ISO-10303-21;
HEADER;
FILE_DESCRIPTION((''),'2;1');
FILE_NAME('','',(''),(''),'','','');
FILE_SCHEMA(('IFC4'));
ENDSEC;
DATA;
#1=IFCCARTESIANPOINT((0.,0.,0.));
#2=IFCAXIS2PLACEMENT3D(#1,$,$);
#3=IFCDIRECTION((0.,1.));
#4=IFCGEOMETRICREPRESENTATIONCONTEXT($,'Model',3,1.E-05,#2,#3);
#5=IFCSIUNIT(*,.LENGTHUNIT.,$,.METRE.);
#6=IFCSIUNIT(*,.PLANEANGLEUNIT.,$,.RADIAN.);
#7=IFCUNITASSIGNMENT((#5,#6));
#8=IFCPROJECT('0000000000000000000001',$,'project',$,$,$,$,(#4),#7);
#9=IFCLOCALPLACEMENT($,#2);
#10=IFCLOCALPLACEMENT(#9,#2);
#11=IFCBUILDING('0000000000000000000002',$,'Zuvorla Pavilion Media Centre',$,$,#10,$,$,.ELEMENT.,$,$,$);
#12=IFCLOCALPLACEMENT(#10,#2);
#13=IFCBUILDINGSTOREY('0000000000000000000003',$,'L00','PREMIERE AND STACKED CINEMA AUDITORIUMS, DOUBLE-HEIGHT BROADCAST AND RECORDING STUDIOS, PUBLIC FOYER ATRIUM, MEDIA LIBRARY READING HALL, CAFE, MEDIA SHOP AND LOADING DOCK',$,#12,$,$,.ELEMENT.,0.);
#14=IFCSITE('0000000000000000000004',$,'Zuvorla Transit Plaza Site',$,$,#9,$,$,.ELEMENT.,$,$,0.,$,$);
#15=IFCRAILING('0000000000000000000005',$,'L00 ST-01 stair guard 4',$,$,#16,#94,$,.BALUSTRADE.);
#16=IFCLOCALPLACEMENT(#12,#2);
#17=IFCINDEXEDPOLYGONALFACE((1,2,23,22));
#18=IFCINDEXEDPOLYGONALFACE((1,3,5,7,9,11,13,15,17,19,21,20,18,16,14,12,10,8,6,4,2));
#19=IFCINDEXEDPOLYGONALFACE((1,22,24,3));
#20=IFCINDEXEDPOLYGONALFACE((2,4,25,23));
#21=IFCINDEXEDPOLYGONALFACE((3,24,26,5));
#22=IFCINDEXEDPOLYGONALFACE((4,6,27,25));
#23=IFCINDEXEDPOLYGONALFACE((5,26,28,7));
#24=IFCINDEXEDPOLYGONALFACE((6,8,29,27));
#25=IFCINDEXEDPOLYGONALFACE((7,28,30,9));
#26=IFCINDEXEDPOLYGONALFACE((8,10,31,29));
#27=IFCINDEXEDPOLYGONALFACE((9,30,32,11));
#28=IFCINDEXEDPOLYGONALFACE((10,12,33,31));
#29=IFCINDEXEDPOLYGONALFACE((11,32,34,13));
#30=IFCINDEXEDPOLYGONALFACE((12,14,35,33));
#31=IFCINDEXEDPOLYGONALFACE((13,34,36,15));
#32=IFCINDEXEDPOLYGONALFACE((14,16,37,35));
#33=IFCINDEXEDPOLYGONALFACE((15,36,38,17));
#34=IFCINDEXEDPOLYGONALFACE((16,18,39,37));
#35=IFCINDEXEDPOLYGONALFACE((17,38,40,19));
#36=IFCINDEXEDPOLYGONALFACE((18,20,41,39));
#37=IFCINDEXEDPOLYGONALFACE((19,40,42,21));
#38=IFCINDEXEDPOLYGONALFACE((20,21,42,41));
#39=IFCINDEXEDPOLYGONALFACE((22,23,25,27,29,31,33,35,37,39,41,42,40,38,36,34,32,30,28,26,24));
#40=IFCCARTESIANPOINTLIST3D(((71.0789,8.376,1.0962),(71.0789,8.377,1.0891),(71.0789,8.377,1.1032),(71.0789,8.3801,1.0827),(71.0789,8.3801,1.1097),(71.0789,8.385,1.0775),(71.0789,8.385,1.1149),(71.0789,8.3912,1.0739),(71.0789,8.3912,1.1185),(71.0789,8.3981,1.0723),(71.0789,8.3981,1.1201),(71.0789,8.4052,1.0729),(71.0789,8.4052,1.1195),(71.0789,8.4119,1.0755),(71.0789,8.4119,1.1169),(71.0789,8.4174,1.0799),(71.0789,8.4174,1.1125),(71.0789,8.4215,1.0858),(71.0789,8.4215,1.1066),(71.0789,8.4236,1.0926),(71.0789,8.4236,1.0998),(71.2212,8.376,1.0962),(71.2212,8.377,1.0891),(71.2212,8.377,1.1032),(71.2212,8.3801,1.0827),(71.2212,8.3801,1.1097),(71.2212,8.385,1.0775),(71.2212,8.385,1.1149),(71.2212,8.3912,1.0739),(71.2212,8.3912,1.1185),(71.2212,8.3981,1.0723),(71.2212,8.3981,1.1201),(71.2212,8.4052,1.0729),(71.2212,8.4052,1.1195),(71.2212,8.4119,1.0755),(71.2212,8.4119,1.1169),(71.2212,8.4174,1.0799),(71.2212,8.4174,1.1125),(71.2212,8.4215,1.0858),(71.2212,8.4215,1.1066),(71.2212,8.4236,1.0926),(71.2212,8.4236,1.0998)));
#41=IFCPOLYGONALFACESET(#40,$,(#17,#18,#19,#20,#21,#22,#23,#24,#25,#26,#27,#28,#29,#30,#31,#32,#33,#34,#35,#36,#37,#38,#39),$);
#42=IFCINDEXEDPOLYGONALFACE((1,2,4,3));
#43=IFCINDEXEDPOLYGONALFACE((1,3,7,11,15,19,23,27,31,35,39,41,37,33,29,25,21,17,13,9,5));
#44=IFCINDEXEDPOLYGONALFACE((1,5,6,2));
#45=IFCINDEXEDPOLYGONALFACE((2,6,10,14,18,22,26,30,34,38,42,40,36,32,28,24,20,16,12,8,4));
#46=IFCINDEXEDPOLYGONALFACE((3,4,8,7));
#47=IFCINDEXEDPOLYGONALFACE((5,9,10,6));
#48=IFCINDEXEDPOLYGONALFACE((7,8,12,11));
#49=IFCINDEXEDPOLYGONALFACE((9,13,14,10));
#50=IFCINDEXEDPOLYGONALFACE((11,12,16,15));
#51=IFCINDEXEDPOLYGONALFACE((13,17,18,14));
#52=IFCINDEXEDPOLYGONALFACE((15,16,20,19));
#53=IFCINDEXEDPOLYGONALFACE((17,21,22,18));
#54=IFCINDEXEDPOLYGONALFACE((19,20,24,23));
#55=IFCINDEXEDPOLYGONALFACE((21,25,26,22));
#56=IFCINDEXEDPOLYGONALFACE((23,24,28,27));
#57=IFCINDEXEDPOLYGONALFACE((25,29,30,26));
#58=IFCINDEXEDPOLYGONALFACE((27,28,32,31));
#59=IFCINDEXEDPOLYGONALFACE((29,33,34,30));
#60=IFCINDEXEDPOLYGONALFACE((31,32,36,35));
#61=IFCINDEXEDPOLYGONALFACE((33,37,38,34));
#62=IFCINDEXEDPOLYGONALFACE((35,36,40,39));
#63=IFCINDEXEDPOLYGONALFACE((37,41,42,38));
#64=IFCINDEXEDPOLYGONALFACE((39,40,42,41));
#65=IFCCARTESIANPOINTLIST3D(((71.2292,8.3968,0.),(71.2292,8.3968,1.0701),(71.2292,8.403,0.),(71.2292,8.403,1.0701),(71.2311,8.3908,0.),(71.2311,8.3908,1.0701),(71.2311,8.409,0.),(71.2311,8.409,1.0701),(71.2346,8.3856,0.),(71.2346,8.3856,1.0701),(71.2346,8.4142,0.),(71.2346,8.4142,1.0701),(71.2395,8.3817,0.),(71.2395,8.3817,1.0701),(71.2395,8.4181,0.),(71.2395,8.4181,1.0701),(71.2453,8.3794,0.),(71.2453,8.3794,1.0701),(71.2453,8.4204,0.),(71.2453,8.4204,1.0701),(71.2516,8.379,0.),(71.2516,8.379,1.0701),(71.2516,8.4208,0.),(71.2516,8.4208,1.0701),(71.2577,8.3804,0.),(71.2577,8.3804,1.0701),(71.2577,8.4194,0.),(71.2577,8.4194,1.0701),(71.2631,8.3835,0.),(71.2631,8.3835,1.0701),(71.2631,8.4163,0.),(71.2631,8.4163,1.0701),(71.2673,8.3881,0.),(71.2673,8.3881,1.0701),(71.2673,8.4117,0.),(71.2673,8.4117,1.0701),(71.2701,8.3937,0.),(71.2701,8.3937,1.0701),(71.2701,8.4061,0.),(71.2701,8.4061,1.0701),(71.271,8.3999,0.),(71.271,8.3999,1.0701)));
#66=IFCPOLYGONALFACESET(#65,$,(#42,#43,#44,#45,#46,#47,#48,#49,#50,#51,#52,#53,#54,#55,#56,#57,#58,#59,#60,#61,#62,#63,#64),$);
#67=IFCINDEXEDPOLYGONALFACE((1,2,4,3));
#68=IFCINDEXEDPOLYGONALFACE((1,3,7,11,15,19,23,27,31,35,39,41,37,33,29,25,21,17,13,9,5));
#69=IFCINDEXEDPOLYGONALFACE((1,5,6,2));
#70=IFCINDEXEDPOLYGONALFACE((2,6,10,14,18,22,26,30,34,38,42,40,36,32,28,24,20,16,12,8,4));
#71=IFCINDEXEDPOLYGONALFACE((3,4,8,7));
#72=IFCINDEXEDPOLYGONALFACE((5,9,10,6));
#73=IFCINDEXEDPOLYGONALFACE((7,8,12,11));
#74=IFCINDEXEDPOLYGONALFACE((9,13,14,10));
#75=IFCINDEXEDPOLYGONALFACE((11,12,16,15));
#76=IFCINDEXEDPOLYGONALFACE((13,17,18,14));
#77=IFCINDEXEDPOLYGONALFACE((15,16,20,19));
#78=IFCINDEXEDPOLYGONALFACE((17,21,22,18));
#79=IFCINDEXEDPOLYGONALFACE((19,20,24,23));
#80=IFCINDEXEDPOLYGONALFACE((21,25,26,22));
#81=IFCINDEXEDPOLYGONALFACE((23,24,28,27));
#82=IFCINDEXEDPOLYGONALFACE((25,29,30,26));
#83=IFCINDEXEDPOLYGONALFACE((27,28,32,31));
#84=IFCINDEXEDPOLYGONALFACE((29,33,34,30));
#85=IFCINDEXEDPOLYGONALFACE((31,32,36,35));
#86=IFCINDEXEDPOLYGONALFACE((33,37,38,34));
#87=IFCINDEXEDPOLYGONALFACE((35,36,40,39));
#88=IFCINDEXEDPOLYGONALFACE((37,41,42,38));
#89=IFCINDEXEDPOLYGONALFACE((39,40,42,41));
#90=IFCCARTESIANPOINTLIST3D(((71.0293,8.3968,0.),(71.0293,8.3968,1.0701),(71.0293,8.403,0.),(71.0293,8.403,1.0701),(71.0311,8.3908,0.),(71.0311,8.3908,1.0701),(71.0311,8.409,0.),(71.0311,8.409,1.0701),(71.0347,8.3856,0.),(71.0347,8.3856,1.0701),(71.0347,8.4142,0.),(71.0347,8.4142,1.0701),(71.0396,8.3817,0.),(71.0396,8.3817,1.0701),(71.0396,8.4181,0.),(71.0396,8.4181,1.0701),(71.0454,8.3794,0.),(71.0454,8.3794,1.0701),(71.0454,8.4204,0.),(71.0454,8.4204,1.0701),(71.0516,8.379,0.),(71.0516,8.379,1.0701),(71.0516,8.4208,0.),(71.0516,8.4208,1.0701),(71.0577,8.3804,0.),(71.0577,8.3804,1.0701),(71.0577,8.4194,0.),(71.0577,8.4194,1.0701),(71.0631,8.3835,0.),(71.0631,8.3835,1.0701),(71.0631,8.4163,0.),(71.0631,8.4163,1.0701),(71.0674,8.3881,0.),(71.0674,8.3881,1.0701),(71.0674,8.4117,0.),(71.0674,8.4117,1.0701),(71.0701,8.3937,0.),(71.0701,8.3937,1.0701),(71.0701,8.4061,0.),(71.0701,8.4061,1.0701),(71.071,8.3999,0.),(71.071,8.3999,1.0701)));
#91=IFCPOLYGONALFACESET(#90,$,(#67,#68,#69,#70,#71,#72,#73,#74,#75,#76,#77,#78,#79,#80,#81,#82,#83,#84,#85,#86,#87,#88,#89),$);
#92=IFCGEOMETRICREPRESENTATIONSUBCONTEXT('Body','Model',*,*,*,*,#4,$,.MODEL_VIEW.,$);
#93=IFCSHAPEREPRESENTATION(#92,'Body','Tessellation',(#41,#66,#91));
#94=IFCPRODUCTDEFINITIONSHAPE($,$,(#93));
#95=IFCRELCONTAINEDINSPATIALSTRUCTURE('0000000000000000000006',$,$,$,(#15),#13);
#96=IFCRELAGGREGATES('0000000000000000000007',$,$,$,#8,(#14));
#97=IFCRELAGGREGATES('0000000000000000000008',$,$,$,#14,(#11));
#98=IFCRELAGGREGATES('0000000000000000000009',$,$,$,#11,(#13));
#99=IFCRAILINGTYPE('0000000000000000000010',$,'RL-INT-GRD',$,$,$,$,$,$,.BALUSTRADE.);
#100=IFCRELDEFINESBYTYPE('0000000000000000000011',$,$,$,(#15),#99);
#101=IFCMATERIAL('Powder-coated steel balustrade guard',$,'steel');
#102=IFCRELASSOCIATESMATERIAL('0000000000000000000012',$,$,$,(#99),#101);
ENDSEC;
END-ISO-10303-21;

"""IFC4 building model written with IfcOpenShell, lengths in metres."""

from ifc_helpers import new_model, si_unit, direction, frame, origin, origin_2d, place, context, subcontext, project, spatial, circle, extrude, material, type_object, element, save


model = new_model("IFC4")

# Units and contexts
model_context = context("Model", 3, precision=1e-05, world=origin(), true_north=direction((0.0, 1.0)))
body_context = subcontext(model_context, "Body", "Model", "MODEL_VIEW")
ifc_project = project(units=[si_unit("LENGTHUNIT", "METRE"), si_unit("PLANEANGLEUNIT", "RADIAN")], contexts=[model_context])

# Site, building, storey
site_placement = place(None, origin())
site = spatial("IfcSite", under=ifc_project, at=site_placement, Name="Zuvorla Transit Plaza Site", CompositionType="ELEMENT", RefElevation=0.0)
building_placement = place(site_placement, origin())
building = spatial("IfcBuilding", under=site, at=building_placement, Name="Zuvorla Pavilion Media Centre", CompositionType="ELEMENT")
storey_placement = place(building_placement, origin())
storey = spatial("IfcBuildingStorey", under=building, at=storey_placement, Name="L00", Description="PREMIERE AND STACKED CINEMA AUDITORIUMS, DOUBLE-HEIGHT BROADCAST AND RECORDING STUDIOS, PUBLIC FOYER ATRIUM, MEDIA LIBRARY READING HALL, CAFE, MEDIA SHOP AND LOADING DOCK", CompositionType="ELEMENT", Elevation=0.0)

# Railing
ifc_material_1 = material(Name="Powder-coated steel balustrade guard", Category="steel")
railing_type_1 = type_object("IfcRailingType", Name="RL-INT-GRD", PredefinedType="BALUSTRADE", material=ifc_material_1)
railing_1_placement = place(storey_placement, frame((71.25, 8.3999, 0.0)))
element("IfcRailing", 1, at=railing_1_placement, inside=storey, type_object=railing_type_1, Name="L00 ST-01 stair guard 4", PredefinedType="BALUSTRADE", context=body_context, shape_type="SweptSolid", body=[
    extrude(circle(Radius=0.0239, at=origin_2d()), frame((-0.0288, 0.0, 1.0962), z_axis=(-1.0, 0.0, 0.0), x_axis=(0.0, -1.0, 0.0)), (0.0, 0.0, 1.0), 0.1423),
    extrude(circle(Radius=0.021, at=origin_2d()), origin(), (0.0, 0.0, 1.0), 1.0701),
    extrude(circle(Radius=0.021, at=origin_2d()), frame((-0.2, 0.0, 0.0)), (0.0, 0.0, 1.0), 1.0701),
])

save(model, "model.ifc")
